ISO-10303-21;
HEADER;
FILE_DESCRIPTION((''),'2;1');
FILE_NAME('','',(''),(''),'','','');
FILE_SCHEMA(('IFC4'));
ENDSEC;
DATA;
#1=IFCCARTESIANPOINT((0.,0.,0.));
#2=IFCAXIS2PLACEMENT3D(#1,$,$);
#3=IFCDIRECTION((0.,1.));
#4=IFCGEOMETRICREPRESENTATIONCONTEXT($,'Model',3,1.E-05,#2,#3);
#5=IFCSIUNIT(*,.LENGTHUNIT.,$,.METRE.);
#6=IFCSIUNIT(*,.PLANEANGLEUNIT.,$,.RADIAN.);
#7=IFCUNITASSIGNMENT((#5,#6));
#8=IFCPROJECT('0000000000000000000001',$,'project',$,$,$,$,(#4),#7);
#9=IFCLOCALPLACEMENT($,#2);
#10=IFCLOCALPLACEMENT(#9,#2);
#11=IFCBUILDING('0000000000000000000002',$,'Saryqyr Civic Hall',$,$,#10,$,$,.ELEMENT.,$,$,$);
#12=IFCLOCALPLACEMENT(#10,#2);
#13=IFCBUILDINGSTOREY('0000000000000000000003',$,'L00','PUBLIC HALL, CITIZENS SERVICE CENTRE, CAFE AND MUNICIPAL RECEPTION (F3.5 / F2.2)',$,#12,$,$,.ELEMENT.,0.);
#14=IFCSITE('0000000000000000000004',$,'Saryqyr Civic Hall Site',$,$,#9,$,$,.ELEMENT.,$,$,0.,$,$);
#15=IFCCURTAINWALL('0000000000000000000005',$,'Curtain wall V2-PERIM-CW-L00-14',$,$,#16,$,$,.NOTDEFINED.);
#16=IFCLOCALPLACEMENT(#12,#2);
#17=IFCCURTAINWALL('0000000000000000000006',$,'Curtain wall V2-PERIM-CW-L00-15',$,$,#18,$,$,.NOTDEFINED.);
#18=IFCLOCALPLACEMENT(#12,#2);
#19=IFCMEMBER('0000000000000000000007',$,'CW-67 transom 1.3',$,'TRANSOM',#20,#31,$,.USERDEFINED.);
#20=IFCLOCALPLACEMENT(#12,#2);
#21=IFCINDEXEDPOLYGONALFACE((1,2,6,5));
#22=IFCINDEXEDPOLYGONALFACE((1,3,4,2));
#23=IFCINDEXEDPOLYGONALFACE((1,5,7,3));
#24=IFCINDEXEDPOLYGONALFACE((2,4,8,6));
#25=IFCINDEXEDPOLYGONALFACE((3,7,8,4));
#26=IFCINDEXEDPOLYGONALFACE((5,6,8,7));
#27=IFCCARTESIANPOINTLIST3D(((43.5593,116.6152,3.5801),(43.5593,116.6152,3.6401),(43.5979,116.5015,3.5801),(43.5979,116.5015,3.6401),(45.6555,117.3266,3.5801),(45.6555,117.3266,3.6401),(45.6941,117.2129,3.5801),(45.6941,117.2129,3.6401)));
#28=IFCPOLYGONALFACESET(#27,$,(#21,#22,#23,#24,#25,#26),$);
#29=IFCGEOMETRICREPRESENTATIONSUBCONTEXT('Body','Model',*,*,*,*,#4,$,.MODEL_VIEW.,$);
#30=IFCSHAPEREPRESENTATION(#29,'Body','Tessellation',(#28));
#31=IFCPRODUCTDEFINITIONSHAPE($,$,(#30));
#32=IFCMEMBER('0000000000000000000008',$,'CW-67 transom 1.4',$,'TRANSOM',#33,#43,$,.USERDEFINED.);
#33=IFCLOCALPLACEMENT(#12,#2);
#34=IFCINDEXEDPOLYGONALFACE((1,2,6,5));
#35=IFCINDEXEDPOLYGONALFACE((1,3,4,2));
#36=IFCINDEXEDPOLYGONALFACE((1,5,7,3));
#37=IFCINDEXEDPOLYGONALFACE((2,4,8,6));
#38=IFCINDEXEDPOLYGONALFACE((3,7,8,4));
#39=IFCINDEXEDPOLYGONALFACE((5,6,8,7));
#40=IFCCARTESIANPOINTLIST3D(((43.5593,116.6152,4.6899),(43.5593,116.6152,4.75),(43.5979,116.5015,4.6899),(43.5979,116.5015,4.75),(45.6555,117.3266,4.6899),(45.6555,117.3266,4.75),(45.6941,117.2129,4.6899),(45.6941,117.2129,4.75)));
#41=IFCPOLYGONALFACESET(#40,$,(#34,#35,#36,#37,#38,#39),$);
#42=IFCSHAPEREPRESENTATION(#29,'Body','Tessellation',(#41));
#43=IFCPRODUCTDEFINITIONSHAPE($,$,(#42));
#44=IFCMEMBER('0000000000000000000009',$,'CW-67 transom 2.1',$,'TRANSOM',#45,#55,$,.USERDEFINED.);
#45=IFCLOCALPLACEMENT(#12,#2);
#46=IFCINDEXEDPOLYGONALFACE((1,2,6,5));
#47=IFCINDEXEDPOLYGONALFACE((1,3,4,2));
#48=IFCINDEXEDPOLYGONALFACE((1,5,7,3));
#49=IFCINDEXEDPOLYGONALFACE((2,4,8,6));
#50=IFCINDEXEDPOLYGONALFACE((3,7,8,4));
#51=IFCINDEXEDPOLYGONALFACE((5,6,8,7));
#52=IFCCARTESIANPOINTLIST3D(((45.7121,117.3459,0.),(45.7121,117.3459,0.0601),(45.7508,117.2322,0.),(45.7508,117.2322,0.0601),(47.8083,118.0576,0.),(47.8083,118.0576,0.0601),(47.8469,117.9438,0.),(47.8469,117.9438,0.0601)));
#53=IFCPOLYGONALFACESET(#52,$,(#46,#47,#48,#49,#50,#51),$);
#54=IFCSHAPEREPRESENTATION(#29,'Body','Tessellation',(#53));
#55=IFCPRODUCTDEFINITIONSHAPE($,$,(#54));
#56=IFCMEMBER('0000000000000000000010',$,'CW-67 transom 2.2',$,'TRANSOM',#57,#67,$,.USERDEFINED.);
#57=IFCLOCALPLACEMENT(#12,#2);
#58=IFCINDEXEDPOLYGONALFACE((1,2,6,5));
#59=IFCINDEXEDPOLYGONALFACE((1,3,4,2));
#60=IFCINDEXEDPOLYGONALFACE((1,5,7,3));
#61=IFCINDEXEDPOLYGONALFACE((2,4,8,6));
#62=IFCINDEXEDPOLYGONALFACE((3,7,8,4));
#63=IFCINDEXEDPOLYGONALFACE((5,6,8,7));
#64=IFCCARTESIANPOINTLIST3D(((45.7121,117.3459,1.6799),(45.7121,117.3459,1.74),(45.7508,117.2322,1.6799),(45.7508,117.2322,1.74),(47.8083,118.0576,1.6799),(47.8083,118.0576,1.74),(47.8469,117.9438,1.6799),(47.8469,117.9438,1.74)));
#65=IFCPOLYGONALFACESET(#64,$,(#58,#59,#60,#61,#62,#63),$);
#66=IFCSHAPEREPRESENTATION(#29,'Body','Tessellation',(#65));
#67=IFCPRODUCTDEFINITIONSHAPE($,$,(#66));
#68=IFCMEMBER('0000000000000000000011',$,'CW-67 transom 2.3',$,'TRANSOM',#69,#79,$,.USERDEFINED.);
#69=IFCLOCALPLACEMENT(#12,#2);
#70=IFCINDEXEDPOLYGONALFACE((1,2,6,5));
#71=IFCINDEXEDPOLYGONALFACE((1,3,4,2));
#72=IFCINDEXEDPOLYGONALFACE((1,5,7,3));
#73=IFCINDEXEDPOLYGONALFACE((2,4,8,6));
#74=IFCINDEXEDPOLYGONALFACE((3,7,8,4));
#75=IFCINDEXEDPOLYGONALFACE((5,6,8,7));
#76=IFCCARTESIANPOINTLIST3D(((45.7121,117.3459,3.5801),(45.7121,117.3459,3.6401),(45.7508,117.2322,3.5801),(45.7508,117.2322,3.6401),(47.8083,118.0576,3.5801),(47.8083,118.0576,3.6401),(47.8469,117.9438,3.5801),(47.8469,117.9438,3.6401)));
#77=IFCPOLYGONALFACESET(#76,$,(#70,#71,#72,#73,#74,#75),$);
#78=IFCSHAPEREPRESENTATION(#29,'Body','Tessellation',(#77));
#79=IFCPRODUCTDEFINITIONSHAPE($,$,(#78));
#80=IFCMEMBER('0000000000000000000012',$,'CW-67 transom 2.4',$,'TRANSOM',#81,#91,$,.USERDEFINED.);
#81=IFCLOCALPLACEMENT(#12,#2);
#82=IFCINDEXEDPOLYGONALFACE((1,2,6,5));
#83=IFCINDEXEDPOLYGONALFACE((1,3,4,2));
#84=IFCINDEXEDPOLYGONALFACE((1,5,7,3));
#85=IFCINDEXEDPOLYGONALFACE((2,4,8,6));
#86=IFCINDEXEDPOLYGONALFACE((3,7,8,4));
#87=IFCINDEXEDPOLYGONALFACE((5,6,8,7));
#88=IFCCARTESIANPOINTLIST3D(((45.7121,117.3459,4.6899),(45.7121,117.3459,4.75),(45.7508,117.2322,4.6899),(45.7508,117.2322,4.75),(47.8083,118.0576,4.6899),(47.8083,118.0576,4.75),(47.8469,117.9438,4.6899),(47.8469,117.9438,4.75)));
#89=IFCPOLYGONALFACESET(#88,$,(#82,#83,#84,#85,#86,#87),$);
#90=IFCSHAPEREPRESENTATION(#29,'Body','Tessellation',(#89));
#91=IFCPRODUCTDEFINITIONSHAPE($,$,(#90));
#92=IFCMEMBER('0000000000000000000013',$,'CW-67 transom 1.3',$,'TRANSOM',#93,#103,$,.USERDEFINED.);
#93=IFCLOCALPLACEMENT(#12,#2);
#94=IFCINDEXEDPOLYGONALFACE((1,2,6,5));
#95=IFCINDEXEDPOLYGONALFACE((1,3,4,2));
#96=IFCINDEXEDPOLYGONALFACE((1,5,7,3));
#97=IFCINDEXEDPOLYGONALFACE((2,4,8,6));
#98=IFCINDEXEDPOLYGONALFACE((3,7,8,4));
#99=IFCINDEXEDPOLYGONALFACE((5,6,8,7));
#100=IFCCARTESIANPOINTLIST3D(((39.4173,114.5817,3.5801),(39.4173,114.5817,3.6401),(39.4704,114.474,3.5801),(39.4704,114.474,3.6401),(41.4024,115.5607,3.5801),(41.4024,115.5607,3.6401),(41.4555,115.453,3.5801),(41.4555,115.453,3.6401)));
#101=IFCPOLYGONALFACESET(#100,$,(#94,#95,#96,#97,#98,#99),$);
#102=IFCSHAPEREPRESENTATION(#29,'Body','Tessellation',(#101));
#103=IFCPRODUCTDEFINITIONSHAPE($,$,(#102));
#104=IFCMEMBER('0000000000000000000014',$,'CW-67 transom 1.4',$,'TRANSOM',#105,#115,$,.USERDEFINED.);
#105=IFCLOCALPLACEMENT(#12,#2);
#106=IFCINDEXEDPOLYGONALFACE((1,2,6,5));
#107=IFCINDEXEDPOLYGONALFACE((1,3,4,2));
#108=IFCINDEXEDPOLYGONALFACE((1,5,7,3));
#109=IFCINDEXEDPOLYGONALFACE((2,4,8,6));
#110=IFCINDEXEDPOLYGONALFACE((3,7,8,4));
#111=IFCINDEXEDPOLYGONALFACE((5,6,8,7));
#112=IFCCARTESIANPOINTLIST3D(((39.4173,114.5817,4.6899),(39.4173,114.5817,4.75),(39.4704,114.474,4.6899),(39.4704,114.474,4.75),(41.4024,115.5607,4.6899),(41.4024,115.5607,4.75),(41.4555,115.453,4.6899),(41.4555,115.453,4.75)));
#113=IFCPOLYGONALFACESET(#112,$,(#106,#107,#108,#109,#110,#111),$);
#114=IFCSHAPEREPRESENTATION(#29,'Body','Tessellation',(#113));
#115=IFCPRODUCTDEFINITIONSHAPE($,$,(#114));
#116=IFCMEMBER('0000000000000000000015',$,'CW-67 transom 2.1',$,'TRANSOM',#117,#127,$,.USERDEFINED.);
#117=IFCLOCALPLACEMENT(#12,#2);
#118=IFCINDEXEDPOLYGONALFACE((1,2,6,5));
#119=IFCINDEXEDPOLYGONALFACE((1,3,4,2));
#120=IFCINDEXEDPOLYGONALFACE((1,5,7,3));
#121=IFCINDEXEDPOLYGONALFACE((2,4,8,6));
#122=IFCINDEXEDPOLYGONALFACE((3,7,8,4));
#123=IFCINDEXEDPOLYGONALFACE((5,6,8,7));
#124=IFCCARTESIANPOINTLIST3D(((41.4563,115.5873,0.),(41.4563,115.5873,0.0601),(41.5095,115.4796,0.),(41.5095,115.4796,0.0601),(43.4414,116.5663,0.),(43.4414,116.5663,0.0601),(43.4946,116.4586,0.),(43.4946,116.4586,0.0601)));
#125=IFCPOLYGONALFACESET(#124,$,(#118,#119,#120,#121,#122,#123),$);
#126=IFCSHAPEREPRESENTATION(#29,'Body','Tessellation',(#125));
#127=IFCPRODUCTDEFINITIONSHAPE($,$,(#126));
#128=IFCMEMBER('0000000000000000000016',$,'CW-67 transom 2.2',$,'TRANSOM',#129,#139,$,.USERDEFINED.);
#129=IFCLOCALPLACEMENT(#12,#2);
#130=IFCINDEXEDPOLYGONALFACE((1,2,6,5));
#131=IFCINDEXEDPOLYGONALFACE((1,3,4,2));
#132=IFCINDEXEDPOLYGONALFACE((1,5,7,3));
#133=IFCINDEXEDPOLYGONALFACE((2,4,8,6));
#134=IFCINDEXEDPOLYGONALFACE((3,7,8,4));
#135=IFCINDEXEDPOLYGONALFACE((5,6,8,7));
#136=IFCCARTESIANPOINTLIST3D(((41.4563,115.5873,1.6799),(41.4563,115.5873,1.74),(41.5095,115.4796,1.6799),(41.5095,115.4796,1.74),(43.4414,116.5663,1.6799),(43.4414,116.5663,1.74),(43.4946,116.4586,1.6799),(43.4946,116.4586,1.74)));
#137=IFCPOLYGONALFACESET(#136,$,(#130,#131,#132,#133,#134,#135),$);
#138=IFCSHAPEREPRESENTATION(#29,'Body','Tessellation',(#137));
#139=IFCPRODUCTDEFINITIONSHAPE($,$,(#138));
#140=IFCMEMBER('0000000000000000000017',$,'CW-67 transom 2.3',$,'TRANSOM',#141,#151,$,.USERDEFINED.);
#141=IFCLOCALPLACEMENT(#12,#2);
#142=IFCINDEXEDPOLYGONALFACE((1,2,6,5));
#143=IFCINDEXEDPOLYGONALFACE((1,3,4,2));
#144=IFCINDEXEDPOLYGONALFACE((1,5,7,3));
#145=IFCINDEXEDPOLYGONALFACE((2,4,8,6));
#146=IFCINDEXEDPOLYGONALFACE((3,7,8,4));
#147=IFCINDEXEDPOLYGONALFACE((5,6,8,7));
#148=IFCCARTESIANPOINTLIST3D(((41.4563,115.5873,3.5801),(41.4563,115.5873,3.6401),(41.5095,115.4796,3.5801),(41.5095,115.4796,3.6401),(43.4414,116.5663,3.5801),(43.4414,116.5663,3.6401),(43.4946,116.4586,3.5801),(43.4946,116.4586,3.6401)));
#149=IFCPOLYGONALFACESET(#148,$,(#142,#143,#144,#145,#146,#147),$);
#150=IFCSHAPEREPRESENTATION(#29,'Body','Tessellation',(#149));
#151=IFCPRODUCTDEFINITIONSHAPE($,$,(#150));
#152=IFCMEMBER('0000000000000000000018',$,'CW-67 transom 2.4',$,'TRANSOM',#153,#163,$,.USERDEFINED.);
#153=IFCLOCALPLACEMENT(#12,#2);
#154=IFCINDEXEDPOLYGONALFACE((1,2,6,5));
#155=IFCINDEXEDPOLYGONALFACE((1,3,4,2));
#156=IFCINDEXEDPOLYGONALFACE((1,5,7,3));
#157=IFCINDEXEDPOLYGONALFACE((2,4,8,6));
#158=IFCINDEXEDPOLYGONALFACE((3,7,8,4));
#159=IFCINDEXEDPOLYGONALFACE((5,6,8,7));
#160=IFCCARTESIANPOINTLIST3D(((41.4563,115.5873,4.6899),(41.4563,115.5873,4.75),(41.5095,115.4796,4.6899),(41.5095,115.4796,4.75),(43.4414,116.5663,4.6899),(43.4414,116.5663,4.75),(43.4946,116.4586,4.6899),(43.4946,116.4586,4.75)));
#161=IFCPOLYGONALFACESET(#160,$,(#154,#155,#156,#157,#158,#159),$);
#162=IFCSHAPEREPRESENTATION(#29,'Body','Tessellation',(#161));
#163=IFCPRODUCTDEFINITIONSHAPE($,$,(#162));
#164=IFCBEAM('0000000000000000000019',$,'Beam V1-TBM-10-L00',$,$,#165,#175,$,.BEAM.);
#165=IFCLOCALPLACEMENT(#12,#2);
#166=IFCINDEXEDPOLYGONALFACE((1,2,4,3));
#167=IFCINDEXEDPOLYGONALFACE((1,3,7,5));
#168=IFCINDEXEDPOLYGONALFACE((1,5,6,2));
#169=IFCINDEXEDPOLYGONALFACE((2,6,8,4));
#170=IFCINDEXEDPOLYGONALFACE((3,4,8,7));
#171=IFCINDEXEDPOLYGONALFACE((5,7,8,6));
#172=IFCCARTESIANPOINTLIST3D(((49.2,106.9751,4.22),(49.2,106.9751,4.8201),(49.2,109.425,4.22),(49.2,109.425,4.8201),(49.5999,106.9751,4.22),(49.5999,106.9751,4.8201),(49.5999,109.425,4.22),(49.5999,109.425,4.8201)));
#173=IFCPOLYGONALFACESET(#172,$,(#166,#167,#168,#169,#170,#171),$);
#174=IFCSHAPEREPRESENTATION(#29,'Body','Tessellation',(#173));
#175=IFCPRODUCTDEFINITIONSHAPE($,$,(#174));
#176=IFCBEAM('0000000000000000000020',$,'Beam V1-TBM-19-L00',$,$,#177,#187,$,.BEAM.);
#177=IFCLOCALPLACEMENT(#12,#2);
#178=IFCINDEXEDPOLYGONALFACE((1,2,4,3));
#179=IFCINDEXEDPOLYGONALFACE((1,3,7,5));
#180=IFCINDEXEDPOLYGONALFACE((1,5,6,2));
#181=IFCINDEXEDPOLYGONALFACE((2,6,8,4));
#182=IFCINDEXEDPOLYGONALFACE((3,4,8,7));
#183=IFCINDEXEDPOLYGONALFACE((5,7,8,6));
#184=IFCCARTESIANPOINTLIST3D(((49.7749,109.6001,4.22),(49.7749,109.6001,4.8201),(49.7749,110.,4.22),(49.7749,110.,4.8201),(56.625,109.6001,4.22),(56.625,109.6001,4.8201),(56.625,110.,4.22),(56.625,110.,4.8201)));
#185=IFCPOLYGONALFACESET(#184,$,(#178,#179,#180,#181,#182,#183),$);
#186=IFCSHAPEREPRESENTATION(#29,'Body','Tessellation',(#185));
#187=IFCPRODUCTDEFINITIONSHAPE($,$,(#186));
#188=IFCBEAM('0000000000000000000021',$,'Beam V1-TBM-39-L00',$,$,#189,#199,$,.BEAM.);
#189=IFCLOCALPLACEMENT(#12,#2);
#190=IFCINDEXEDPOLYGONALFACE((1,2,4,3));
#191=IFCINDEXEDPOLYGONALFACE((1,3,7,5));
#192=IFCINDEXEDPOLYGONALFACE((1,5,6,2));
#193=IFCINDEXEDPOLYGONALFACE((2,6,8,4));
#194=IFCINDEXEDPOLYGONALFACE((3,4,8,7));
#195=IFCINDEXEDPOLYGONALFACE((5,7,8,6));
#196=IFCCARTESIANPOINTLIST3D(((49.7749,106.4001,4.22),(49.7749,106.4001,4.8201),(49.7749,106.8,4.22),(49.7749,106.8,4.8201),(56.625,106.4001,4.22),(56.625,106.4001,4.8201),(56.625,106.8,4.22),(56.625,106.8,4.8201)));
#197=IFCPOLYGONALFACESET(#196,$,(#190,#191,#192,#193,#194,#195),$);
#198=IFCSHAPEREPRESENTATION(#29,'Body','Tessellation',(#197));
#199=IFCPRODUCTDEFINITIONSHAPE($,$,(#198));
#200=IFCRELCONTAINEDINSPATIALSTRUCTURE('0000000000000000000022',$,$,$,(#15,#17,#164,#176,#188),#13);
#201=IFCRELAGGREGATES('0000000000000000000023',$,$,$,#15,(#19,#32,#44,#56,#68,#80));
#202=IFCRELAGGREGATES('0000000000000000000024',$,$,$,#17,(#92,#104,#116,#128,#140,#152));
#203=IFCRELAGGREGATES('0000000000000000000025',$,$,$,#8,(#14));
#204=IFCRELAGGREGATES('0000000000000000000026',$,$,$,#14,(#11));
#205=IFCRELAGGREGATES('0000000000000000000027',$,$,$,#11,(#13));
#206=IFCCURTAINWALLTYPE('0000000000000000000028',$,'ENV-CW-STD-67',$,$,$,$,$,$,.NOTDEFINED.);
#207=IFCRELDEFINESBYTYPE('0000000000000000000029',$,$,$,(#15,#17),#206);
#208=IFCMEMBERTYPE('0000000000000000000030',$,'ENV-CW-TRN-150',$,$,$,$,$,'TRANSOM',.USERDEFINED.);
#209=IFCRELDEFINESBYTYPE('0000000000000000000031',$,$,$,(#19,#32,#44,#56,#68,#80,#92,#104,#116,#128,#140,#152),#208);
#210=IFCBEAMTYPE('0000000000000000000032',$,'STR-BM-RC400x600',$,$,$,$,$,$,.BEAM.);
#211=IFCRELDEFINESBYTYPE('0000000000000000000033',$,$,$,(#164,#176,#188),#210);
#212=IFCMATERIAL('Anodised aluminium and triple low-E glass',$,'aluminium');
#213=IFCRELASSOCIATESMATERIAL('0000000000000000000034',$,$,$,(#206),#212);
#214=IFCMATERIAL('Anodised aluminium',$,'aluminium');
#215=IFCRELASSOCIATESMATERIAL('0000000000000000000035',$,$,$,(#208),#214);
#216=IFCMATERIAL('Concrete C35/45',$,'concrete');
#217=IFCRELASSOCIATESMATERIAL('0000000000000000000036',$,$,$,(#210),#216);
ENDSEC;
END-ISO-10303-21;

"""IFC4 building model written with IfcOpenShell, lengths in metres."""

from ifc_helpers import new_model, si_unit, direction, frame, origin, origin_2d, place, context, subcontext, project, spatial, rectangle, extrude, material, material_profile, profile_set, type_object, element, aggregate, save


model = new_model("IFC4")

# Units and contexts
model_context = context("Model", 3, precision=1e-05, world=origin(), true_north=direction((0.0, 1.0)))
body_context = subcontext(model_context, "Body", "Model", "MODEL_VIEW")
ifc_project = project(units=[si_unit("LENGTHUNIT", "METRE"), si_unit("PLANEANGLEUNIT", "RADIAN")], contexts=[model_context])

# Site, building, storey
site_placement = place(None, origin())
site = spatial("IfcSite", under=ifc_project, at=site_placement, Name="Saryqyr Civic Hall Site", CompositionType="ELEMENT", RefElevation=0.0)
building_placement = place(site_placement, origin())
building = spatial("IfcBuilding", under=site, at=building_placement, Name="Saryqyr Civic Hall", CompositionType="ELEMENT")
storey_placement = place(building_placement, origin())
storey = spatial("IfcBuildingStorey", under=building, at=storey_placement, Name="L00", Description="PUBLIC HALL, CITIZENS SERVICE CENTRE, CAFE AND MUNICIPAL RECEPTION (F3.5 / F2.2)", CompositionType="ELEMENT", Elevation=0.0)

# Shared definitions
ifc_material_1 = material(Name="Anodised aluminium and triple low-E glass", Category="aluminium")
ifc_material_2 = material(Name="Anodised aluminium", Category="aluminium")

# Curtain walls
curtain_wall_type_1 = type_object("IfcCurtainWallType", Name="ENV-CW-STD-67", PredefinedType="NOTDEFINED", material=ifc_material_1)
curtain_wall_1_placement = place(storey_placement, origin())
curtain_wall_1 = element("IfcCurtainWall", 1, at=curtain_wall_1_placement, inside=storey, type_object=curtain_wall_type_1, Name="Curtain wall V2-PERIM-CW-L00-14", PredefinedType="NOTDEFINED")
curtain_wall_2_placement = place(storey_placement, origin())
curtain_wall_2 = element("IfcCurtainWall", 2, at=curtain_wall_2_placement, inside=storey, type_object=curtain_wall_type_1, Name="Curtain wall V2-PERIM-CW-L00-15", PredefinedType="NOTDEFINED")

# Members
ifc_material_profile_1 = material_profile(ifc_material_2, rectangle(XDim=0.1201, YDim=0.0601, at=origin_2d()), Name="ALU TRANSOM 120x60")
ifc_profile_set_1 = profile_set([ifc_material_profile_1], Name="Anodised aluminium")
member_type_1 = type_object("IfcMemberType", Name="ENV-CW-TRN-150", ElementType="TRANSOM", PredefinedType="USERDEFINED", material=ifc_profile_set_1)
member_1_placement = place(storey_placement, frame((43.5786, 116.5583, 3.6101), z_axis=(0.946949, 0.321385, 0.0), x_axis=(-0.321385, 0.946949, 0.0)))
member_1 = element("IfcMember", 3, at=member_1_placement, type_object=member_type_1, Name="CW-67 transom 1.3", ObjectType="TRANSOM", PredefinedType="USERDEFINED", context=body_context, shape_type="SweptSolid", body=[
    extrude(rectangle(XDim=0.1201, YDim=0.0601, at=origin_2d()), origin(), (0.0, 0.0, 1.0), 2.2136),
])
member_2_placement = place(storey_placement, frame((43.5786, 116.5583, 4.72), z_axis=(0.946949, 0.321385, 0.0), x_axis=(-0.321385, 0.946949, 0.0)))
member_2 = element("IfcMember", 4, at=member_2_placement, type_object=member_type_1, Name="CW-67 transom 1.4", ObjectType="TRANSOM", PredefinedType="USERDEFINED", context=body_context, shape_type="SweptSolid", body=[
    extrude(rectangle(XDim=0.1201, YDim=0.0601, at=origin_2d()), origin(), (0.0, 0.0, 1.0), 2.2136),
])
member_3_placement = place(storey_placement, frame((45.7314, 117.2891, 0.03), z_axis=(0.946915, 0.321484, 0.0), x_axis=(-0.321484, 0.946915, 0.0)))
member_3 = element("IfcMember", 5, at=member_3_placement, type_object=member_type_1, Name="CW-67 transom 2.1", ObjectType="TRANSOM", PredefinedType="USERDEFINED", context=body_context, shape_type="SweptSolid", body=[
    extrude(rectangle(XDim=0.1201, YDim=0.0601, at=origin_2d()), origin(), (0.0, 0.0, 1.0), 2.2136),
])
member_4_placement = place(storey_placement, frame((45.7314, 117.2891, 1.71), z_axis=(0.946915, 0.321484, 0.0), x_axis=(-0.321484, 0.946915, 0.0)))
member_4 = element("IfcMember", 6, at=member_4_placement, type_object=member_type_1, Name="CW-67 transom 2.2", ObjectType="TRANSOM", PredefinedType="USERDEFINED", context=body_context, shape_type="SweptSolid", body=[
    extrude(rectangle(XDim=0.1201, YDim=0.0601, at=origin_2d()), origin(), (0.0, 0.0, 1.0), 2.2136),
])
member_5_placement = place(storey_placement, frame((45.7314, 117.2891, 3.6101), z_axis=(0.946915, 0.321484, 0.0), x_axis=(-0.321484, 0.946915, 0.0)))
member_5 = element("IfcMember", 7, at=member_5_placement, type_object=member_type_1, Name="CW-67 transom 2.3", ObjectType="TRANSOM", PredefinedType="USERDEFINED", context=body_context, shape_type="SweptSolid", body=[
    extrude(rectangle(XDim=0.1201, YDim=0.0601, at=origin_2d()), origin(), (0.0, 0.0, 1.0), 2.2136),
])
member_6_placement = place(storey_placement, frame((45.7314, 117.2891, 4.72), z_axis=(0.946915, 0.321484, 0.0), x_axis=(-0.321484, 0.946915, 0.0)))
member_6 = element("IfcMember", 8, at=member_6_placement, type_object=member_type_1, Name="CW-67 transom 2.4", ObjectType="TRANSOM", PredefinedType="USERDEFINED", context=body_context, shape_type="SweptSolid", body=[
    extrude(rectangle(XDim=0.1201, YDim=0.0601, at=origin_2d()), origin(), (0.0, 0.0, 1.0), 2.2136),
])
member_7_placement = place(storey_placement, frame((39.4438, 114.5278, 3.6101), z_axis=(0.896862, 0.442309, 0.0), x_axis=(-0.442309, 0.896862, 0.0)))
member_7 = element("IfcMember", 9, at=member_7_placement, type_object=member_type_1, Name="CW-67 transom 1.3", ObjectType="TRANSOM", PredefinedType="USERDEFINED", context=body_context, shape_type="SweptSolid", body=[
    extrude(rectangle(XDim=0.1201, YDim=0.0601, at=origin_2d()), origin(), (0.0, 0.0, 1.0), 2.2134),
])
member_8_placement = place(storey_placement, frame((39.4438, 114.5278, 4.72), z_axis=(0.896862, 0.442309, 0.0), x_axis=(-0.442309, 0.896862, 0.0)))
member_8 = element("IfcMember", 10, at=member_8_placement, type_object=member_type_1, Name="CW-67 transom 1.4", ObjectType="TRANSOM", PredefinedType="USERDEFINED", context=body_context, shape_type="SweptSolid", body=[
    extrude(rectangle(XDim=0.1201, YDim=0.0601, at=origin_2d()), origin(), (0.0, 0.0, 1.0), 2.2134),
])
member_9_placement = place(storey_placement, frame((41.4829, 115.5334, 0.03), z_axis=(0.896862, 0.442309, 0.0), x_axis=(-0.442309, 0.896862, 0.0)))
member_9 = element("IfcMember", 11, at=member_9_placement, type_object=member_type_1, Name="CW-67 transom 2.1", ObjectType="TRANSOM", PredefinedType="USERDEFINED", context=body_context, shape_type="SweptSolid", body=[
    extrude(rectangle(XDim=0.1201, YDim=0.0601, at=origin_2d()), origin(), (0.0, 0.0, 1.0), 2.2134),
])
member_10_placement = place(storey_placement, frame((41.4829, 115.5334, 1.71), z_axis=(0.896862, 0.442309, 0.0), x_axis=(-0.442309, 0.896862, 0.0)))
member_10 = element("IfcMember", 12, at=member_10_placement, type_object=member_type_1, Name="CW-67 transom 2.2", ObjectType="TRANSOM", PredefinedType="USERDEFINED", context=body_context, shape_type="SweptSolid", body=[
    extrude(rectangle(XDim=0.1201, YDim=0.0601, at=origin_2d()), origin(), (0.0, 0.0, 1.0), 2.2134),
])
member_11_placement = place(storey_placement, frame((41.4829, 115.5334, 3.6101), z_axis=(0.896862, 0.442309, 0.0), x_axis=(-0.442309, 0.896862, 0.0)))
member_11 = element("IfcMember", 13, at=member_11_placement, type_object=member_type_1, Name="CW-67 transom 2.3", ObjectType="TRANSOM", PredefinedType="USERDEFINED", context=body_context, shape_type="SweptSolid", body=[
    extrude(rectangle(XDim=0.1201, YDim=0.0601, at=origin_2d()), origin(), (0.0, 0.0, 1.0), 2.2134),
])
member_12_placement = place(storey_placement, frame((41.4829, 115.5334, 4.72), z_axis=(0.896862, 0.442309, 0.0), x_axis=(-0.442309, 0.896862, 0.0)))
member_12 = element("IfcMember", 14, at=member_12_placement, type_object=member_type_1, Name="CW-67 transom 2.4", ObjectType="TRANSOM", PredefinedType="USERDEFINED", context=body_context, shape_type="SweptSolid", body=[
    extrude(rectangle(XDim=0.1201, YDim=0.0601, at=origin_2d()), origin(), (0.0, 0.0, 1.0), 2.2134),
])

# Beams
ifc_material_3 = material(Name="Concrete C35/45", Category="concrete")
ifc_material_profile_2 = material_profile(ifc_material_3, rectangle(XDim=0.3999, YDim=0.6001, at=origin_2d()), Name="RC 400x600")
ifc_profile_set_2 = profile_set([ifc_material_profile_2], Name="Concrete C35/45")
beam_type = type_object("IfcBeamType", Name="STR-BM-RC400x600", PredefinedType="BEAM", material=ifc_profile_set_2)
beam_placement = place(storey_placement, frame((49.3999, 106.9751, 4.52), z_axis=(0.0, 1.0, 0.0), x_axis=(-1.0, 0.0, 0.0)))
element("IfcBeam", 15, at=beam_placement, inside=storey, type_object=beam_type, Name="Beam V1-TBM-10-L00", PredefinedType="BEAM", context=body_context, shape_type="SweptSolid", body=[
    extrude(rectangle(XDim=0.3999, YDim=0.6001, at=origin_2d()), origin(), (0.0, 0.0, 1.0), 2.45),
])
for number, where, z_axis, x_axis, name in (
    (16, (49.7749, 109.8, 4.52), (1.0, 0.0, 0.0), (0.0, 1.0, 0.0), "Beam V1-TBM-19-L00"),
    (17, (49.7749, 106.6001, 4.52), (1.0, 0.0, 0.0), (0.0, 1.0, 0.0), "Beam V1-TBM-39-L00"),
):
    element("IfcBeam", number, at=place(storey_placement, frame(where, z_axis=z_axis, x_axis=x_axis)), inside=storey, type_object=beam_type, Name=name, PredefinedType="BEAM", context=body_context, shape_type="SweptSolid", body=[
        extrude(rectangle(XDim=0.3999, YDim=0.6001, at=origin_2d()), origin(), (0.0, 0.0, 1.0), 6.8501),
    ])

aggregate(curtain_wall_1, [member_1, member_2, member_3, member_4, member_5, member_6])
aggregate(curtain_wall_2, [member_7, member_8, member_9, member_10, member_11, member_12])

save(model, "model.ifc")
